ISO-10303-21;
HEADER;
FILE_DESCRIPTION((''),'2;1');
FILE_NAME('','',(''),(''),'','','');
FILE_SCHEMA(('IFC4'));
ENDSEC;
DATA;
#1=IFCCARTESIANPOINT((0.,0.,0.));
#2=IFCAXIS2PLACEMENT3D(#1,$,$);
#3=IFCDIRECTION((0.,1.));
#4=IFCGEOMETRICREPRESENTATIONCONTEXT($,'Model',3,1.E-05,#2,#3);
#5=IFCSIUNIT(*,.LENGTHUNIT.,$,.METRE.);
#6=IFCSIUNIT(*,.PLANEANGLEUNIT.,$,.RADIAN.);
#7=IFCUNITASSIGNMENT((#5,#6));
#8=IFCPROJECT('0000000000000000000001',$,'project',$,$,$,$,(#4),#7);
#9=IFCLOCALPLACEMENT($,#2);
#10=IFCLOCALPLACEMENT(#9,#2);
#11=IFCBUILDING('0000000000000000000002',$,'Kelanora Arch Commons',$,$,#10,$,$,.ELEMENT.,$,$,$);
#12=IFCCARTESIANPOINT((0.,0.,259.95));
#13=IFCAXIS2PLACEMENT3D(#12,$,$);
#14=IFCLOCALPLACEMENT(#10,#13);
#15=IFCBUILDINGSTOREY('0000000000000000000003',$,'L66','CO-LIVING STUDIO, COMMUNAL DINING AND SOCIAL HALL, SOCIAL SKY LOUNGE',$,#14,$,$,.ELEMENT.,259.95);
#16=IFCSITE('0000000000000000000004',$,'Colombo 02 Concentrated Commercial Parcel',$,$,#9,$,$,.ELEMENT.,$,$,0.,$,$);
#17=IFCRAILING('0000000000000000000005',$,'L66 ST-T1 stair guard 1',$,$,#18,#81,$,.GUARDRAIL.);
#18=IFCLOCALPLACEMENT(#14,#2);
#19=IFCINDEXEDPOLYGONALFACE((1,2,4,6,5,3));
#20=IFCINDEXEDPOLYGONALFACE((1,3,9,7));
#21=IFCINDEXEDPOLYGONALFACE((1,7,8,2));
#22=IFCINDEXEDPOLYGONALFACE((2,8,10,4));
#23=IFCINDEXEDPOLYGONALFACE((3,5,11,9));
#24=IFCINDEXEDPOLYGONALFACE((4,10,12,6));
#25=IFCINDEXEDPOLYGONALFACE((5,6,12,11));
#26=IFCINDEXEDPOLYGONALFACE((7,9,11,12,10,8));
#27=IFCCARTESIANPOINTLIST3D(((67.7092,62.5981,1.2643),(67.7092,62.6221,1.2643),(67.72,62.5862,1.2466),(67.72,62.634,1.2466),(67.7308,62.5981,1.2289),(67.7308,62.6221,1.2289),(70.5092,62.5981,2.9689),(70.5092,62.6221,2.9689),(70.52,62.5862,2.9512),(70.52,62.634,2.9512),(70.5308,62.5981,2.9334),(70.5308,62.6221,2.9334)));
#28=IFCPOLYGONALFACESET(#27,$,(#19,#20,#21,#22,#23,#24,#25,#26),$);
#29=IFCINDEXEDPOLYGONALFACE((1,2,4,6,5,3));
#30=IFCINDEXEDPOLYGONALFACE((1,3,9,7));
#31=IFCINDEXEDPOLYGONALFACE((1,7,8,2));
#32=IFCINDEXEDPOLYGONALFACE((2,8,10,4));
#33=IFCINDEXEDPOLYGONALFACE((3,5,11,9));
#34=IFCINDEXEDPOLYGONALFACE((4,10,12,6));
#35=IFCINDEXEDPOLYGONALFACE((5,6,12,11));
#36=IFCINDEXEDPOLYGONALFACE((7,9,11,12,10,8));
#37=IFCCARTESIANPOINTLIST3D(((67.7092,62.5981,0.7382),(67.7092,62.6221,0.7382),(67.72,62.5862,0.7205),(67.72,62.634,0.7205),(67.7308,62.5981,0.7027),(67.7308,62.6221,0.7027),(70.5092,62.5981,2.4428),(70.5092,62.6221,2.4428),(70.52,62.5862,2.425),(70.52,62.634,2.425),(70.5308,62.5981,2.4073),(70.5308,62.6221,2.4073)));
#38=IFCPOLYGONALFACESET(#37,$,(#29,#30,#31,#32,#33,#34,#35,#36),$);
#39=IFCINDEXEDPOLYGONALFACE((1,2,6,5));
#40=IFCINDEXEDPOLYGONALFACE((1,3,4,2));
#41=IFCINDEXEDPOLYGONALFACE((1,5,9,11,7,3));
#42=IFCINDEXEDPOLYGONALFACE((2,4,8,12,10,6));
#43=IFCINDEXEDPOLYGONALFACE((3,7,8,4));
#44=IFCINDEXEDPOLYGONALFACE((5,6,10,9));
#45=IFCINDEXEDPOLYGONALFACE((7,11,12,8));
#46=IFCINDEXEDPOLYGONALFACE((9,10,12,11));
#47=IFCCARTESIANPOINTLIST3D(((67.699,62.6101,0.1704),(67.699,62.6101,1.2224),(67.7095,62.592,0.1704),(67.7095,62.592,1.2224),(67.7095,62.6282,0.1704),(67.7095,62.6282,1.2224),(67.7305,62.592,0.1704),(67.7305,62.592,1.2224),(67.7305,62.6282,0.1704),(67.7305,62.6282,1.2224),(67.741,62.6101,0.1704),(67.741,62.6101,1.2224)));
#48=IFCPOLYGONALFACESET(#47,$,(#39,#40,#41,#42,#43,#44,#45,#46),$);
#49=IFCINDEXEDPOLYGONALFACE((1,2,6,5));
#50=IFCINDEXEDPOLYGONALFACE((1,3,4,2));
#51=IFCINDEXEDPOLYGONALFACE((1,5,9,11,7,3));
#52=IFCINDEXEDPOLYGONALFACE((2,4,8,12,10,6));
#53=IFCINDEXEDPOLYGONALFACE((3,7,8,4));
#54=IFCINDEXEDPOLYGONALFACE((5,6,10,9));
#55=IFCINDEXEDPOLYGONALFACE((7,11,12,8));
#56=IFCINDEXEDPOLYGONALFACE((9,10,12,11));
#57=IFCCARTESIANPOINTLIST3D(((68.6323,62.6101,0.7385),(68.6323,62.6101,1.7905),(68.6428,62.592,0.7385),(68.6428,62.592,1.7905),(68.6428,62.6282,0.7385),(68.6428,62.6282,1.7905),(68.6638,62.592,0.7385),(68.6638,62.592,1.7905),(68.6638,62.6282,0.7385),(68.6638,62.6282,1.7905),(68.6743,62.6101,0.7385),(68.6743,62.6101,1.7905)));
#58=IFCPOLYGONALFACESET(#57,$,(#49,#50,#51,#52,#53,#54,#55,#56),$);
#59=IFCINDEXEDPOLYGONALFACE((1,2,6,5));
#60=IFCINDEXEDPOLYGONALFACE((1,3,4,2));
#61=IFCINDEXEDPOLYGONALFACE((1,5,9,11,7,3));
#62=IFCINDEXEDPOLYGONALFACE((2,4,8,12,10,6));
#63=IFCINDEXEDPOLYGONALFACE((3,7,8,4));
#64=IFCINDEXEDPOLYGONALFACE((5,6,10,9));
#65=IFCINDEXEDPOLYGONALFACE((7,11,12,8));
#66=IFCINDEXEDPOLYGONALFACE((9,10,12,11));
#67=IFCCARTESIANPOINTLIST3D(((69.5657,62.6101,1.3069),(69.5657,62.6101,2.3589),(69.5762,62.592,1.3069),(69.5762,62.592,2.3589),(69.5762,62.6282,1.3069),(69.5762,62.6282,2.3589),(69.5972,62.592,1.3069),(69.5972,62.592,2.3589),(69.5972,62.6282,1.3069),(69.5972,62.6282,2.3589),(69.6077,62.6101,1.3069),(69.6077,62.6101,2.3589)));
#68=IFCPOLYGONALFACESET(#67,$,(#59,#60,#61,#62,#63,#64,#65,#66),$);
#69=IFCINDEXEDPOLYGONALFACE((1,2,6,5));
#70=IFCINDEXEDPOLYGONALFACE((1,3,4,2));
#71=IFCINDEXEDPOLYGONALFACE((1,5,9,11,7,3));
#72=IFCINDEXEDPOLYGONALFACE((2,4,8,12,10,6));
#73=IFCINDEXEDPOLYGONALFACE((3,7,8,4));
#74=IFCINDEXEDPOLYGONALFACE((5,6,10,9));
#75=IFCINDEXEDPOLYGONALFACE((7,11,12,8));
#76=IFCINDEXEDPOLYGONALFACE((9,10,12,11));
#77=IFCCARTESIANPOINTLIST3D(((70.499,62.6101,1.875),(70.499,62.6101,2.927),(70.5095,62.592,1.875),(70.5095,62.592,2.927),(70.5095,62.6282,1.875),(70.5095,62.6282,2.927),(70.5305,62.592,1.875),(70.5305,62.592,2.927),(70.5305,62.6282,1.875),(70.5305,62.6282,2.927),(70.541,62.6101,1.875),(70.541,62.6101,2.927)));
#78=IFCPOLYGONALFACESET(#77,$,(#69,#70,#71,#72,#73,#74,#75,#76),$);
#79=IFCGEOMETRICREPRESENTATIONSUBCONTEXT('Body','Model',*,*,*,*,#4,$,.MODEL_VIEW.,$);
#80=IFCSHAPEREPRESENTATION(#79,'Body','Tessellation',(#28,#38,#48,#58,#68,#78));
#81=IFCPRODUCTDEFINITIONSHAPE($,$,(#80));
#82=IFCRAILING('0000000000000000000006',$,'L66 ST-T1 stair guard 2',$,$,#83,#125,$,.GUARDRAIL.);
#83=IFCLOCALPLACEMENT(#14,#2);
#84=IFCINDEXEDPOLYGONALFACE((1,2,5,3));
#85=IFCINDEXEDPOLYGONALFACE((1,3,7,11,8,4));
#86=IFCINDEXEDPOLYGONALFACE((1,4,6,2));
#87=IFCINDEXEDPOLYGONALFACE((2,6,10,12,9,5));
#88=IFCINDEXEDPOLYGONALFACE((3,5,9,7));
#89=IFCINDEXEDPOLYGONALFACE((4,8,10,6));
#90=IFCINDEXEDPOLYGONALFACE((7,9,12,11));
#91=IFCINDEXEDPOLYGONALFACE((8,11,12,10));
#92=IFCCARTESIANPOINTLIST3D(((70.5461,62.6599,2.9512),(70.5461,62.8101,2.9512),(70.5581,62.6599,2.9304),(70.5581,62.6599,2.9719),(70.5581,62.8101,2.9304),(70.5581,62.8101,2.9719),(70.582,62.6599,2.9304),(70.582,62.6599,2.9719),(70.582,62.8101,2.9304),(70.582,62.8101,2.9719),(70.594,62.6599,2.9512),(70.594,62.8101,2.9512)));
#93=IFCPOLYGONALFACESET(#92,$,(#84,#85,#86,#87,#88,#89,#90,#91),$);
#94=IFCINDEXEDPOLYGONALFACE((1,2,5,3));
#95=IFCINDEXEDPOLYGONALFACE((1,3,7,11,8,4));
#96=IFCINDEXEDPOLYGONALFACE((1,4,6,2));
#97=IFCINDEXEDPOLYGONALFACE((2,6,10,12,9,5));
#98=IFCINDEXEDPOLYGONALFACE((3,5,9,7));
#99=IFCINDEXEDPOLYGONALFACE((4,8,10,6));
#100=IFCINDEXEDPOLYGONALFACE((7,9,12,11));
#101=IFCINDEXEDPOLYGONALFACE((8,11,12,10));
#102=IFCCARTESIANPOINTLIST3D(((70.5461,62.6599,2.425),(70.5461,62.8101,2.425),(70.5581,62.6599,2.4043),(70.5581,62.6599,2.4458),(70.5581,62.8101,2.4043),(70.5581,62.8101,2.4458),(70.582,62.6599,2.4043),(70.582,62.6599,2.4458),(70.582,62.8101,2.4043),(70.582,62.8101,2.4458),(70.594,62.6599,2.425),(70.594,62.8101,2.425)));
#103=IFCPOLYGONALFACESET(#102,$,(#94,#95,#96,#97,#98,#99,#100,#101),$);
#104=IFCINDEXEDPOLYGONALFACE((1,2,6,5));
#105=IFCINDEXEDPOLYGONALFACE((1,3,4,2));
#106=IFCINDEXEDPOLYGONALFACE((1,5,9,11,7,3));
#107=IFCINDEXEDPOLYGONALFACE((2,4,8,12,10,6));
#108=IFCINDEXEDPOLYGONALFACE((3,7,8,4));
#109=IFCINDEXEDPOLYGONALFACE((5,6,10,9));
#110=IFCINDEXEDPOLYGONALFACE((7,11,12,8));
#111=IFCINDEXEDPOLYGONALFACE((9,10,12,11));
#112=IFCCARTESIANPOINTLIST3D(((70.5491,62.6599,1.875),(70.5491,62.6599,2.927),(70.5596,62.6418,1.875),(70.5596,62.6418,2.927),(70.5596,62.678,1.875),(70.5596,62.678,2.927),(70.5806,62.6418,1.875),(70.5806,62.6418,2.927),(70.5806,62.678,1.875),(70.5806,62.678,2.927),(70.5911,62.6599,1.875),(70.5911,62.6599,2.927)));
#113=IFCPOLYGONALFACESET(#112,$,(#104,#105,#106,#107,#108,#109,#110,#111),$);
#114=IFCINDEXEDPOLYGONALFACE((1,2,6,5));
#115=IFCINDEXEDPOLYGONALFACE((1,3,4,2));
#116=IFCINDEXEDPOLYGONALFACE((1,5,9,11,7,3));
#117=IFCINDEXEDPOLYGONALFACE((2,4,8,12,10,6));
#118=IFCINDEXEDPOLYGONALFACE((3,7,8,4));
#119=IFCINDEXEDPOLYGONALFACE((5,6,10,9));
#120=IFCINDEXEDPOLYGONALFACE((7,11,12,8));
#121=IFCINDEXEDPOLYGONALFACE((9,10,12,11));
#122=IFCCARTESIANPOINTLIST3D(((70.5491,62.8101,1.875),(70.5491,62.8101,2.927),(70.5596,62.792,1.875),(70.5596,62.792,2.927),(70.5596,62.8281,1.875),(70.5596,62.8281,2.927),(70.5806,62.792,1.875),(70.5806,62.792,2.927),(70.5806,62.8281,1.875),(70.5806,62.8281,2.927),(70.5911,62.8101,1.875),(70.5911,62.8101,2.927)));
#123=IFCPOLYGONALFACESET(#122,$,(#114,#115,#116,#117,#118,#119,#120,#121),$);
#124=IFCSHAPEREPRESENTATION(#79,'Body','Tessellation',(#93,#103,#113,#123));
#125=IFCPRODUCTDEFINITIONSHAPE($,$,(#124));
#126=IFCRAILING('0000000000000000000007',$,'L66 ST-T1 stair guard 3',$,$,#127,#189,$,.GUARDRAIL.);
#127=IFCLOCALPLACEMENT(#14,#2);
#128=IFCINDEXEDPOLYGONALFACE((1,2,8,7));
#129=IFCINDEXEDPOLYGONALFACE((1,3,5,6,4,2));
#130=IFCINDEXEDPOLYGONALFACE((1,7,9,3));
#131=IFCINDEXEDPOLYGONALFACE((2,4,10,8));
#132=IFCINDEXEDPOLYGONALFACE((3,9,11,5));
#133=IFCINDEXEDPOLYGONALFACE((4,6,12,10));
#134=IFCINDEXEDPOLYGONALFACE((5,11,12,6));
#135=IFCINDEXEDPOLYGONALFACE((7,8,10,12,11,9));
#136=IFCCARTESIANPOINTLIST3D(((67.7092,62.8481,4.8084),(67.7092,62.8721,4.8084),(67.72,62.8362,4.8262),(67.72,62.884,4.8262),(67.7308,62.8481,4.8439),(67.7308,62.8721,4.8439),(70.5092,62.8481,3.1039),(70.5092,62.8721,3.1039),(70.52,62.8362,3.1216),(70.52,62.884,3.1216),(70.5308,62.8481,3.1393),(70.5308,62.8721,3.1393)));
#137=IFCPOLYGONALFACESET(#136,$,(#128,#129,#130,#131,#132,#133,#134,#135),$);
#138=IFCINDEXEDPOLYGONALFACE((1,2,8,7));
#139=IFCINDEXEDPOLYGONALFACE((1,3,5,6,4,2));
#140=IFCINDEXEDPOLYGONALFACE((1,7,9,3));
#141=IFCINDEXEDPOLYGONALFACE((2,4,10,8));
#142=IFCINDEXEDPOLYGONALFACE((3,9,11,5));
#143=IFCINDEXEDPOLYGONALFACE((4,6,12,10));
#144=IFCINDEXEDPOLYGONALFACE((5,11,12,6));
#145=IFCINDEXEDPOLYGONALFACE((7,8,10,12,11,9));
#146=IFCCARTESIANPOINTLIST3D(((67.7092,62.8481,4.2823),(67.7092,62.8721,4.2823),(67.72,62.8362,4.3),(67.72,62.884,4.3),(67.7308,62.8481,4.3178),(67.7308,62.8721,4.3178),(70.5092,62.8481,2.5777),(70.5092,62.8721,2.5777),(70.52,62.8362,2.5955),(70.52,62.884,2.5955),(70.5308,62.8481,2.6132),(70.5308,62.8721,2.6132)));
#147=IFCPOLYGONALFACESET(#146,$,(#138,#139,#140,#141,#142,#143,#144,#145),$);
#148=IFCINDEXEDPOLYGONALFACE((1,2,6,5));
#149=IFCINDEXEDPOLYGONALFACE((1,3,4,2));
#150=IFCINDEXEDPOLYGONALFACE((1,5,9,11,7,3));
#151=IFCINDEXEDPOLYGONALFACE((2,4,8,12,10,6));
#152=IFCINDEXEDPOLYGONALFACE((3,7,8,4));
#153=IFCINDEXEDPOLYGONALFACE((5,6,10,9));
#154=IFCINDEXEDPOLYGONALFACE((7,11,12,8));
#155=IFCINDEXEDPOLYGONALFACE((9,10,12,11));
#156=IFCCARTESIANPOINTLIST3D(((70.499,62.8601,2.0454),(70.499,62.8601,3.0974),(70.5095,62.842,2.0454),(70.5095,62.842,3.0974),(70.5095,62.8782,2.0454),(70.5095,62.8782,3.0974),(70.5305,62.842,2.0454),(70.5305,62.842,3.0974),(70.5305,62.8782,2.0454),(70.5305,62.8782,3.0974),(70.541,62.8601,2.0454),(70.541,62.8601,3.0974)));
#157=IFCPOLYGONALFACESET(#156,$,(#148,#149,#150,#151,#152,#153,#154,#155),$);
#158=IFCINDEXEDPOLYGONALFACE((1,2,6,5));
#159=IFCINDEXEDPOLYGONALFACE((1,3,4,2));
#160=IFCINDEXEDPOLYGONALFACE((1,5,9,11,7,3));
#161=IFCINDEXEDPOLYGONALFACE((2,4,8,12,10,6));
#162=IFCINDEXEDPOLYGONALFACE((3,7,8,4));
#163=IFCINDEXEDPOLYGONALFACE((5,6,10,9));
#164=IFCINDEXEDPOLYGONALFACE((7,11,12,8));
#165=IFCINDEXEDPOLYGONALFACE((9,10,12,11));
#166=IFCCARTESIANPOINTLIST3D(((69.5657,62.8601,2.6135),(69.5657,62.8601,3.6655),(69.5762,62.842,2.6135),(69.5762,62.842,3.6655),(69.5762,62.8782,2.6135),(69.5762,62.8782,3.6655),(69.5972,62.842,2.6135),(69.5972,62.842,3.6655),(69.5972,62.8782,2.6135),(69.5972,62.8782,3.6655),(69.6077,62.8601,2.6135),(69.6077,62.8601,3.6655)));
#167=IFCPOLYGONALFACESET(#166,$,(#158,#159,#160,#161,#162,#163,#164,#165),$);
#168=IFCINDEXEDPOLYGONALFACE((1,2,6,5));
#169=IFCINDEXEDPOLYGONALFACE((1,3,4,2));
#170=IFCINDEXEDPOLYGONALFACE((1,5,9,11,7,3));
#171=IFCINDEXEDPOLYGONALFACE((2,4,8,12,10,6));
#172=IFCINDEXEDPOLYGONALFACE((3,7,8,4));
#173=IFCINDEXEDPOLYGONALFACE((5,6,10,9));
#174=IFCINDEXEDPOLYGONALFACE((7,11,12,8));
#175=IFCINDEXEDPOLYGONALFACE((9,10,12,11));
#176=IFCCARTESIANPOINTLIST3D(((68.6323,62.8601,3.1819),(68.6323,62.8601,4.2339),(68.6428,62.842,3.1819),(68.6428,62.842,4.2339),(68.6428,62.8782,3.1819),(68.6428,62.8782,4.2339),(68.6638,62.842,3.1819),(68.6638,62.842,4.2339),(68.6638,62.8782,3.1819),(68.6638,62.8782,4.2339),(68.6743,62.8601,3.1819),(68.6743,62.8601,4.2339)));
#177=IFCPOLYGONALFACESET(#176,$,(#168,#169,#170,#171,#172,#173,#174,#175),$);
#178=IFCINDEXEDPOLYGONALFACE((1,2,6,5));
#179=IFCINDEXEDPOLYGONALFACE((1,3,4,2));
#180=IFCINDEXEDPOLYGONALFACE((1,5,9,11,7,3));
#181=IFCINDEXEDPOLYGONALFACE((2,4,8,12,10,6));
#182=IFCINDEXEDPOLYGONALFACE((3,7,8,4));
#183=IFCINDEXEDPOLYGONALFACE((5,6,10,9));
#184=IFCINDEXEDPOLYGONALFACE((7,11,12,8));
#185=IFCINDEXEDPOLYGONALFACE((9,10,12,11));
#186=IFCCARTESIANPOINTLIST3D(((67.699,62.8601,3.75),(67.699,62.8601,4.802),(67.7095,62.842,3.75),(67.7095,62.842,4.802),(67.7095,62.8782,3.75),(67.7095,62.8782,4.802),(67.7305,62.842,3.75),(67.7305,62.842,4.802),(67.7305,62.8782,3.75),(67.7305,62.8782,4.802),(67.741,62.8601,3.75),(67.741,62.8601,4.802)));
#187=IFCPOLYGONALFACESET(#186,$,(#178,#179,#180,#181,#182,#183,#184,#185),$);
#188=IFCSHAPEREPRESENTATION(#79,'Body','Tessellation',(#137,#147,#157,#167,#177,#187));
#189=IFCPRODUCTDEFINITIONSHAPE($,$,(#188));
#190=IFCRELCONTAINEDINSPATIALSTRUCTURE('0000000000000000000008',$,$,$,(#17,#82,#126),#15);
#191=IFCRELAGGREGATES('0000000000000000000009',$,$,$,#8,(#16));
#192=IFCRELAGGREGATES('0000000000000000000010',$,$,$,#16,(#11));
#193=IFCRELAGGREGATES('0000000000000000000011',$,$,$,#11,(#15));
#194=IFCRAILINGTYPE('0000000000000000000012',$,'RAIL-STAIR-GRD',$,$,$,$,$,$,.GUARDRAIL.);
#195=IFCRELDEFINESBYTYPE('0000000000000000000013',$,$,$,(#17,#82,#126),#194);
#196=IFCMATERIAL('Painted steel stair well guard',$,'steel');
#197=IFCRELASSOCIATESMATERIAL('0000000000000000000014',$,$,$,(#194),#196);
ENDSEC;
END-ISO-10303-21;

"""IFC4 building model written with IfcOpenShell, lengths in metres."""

from ifc_helpers import new_model, si_unit, direction, frame, origin, place, context, subcontext, project, spatial, polyline, outline, extrude, material, type_object, element, save


model = new_model("IFC4")

# Units and contexts
model_context = context("Model", 3, precision=1e-05, world=origin(), true_north=direction((0.0, 1.0)))
body_context = subcontext(model_context, "Body", "Model", "MODEL_VIEW")
ifc_project = project(units=[si_unit("LENGTHUNIT", "METRE"), si_unit("PLANEANGLEUNIT", "RADIAN")], contexts=[model_context])

# Site, building, storey
site_placement = place(None, origin())
site = spatial("IfcSite", under=ifc_project, at=site_placement, Name="Colombo 02 Concentrated Commercial Parcel", CompositionType="ELEMENT", RefElevation=0.0)
building_placement = place(site_placement, origin())
building = spatial("IfcBuilding", under=site, at=building_placement, Name="Kelanora Arch Commons", CompositionType="ELEMENT")
storey_placement = place(building_placement, frame((0.0, 0.0, 259.95)))
storey = spatial("IfcBuildingStorey", under=building, at=storey_placement, Name="L66", Description="CO-LIVING STUDIO, COMMUNAL DINING AND SOCIAL HALL, SOCIAL SKY LOUNGE", CompositionType="ELEMENT", Elevation=259.95)

# Railings
ifc_material_1 = material(Name="Painted steel stair well guard", Category="steel")
railing_type_1 = type_object("IfcRailingType", Name="RAIL-STAIR-GRD", PredefinedType="GUARDRAIL", material=ifc_material_1)
railing_1_placement = place(storey_placement, frame((67.72, 62.6101, 0.1704)))
element("IfcRailing", 1, at=railing_1_placement, inside=storey, type_object=railing_type_1, Name="L66 ST-T1 stair guard 1", PredefinedType="GUARDRAIL", context=body_context, shape_type="SweptSolid", body=[
    extrude(outline(polyline([(0.0239, 0.0), (0.012, 0.0208), (-0.012, 0.0208), (-0.0239, 0.0), (-0.012, -0.0208), (0.012, -0.0208), (0.0239, 0.0)])), frame((0.0, 0.0, 1.0762), z_axis=(0.85417, 0.0, 0.519994), x_axis=(0.0, 1.0, 0.0)), (0.0, 0.0, 1.0), 3.2781),
    extrude(outline(polyline([(0.0239, 0.0), (0.012, 0.0208), (-0.012, 0.0208), (-0.0239, 0.0), (-0.012, -0.0208), (0.012, -0.0208), (0.0239, 0.0)])), frame((0.0, 0.0, 0.55), z_axis=(0.85417, 0.0, 0.519994), x_axis=(0.0, 1.0, 0.0)), (0.0, 0.0, 1.0), 3.2781),
    extrude(outline(polyline([(0.021, 0.0), (0.0105, 0.0181), (-0.0105, 0.0181), (-0.021, 0.0), (-0.0105, -0.0181), (0.0105, -0.0181), (0.021, 0.0)])), origin(), (0.0, 0.0, 1.0), 1.052),
    extrude(outline(polyline([(0.021, 0.0), (0.0105, 0.0181), (-0.0105, 0.0181), (-0.021, 0.0), (-0.0105, -0.0181), (0.0105, -0.0181), (0.021, 0.0)])), frame((0.9333, 0.0, 0.5681)), (0.0, 0.0, 1.0), 1.052),
    extrude(outline(polyline([(0.021, 0.0), (0.0105, 0.0181), (-0.0105, 0.0181), (-0.021, 0.0), (-0.0105, -0.0181), (0.0105, -0.0181), (0.021, 0.0)])), frame((1.8667, 0.0, 1.1365)), (0.0, 0.0, 1.0), 1.052),
    extrude(outline(polyline([(0.021, 0.0), (0.0105, 0.0181), (-0.0105, 0.0181), (-0.021, 0.0), (-0.0105, -0.0181), (0.0105, -0.0181), (0.021, 0.0)])), frame((2.8, 0.0, 1.7046)), (0.0, 0.0, 1.0), 1.052),
])
railing_2_placement = place(storey_placement, frame((70.5701, 62.6599, 1.875)))
element("IfcRailing", 2, at=railing_2_placement, inside=storey, type_object=railing_type_1, Name="L66 ST-T1 stair guard 2", PredefinedType="GUARDRAIL", context=body_context, shape_type="SweptSolid", body=[
    extrude(outline(polyline([(0.0239, 0.0), (0.012, 0.0208), (-0.012, 0.0208), (-0.0239, 0.0), (-0.012, -0.0208), (0.012, -0.0208), (0.0239, 0.0)])), frame((0.0, 0.0, 1.0762), z_axis=(0.0, 1.0, 0.0), x_axis=(-1.0, 0.0, 0.0)), (0.0, 0.0, 1.0), 0.1501),
    extrude(outline(polyline([(0.0239, 0.0), (0.012, 0.0208), (-0.012, 0.0208), (-0.0239, 0.0), (-0.012, -0.0208), (0.012, -0.0208), (0.0239, 0.0)])), frame((0.0, 0.0, 0.55), z_axis=(0.0, 1.0, 0.0), x_axis=(-1.0, 0.0, 0.0)), (0.0, 0.0, 1.0), 0.1501),
    extrude(outline(polyline([(0.021, 0.0), (0.0105, 0.0181), (-0.0105, 0.0181), (-0.021, 0.0), (-0.0105, -0.0181), (0.0105, -0.0181), (0.021, 0.0)])), origin(), (0.0, 0.0, 1.0), 1.052),
    extrude(outline(polyline([(0.021, 0.0), (0.0105, 0.0181), (-0.0105, 0.0181), (-0.021, 0.0), (-0.0105, -0.0181), (0.0105, -0.0181), (0.021, 0.0)])), frame((0.0, 0.1501, 0.0)), (0.0, 0.0, 1.0), 1.052),
])
railing_3_placement = place(storey_placement, frame((70.52, 62.8601, 2.0454)))
element("IfcRailing", 3, at=railing_3_placement, inside=storey, type_object=railing_type_1, Name="L66 ST-T1 stair guard 3", PredefinedType="GUARDRAIL", context=body_context, shape_type="SweptSolid", body=[
    extrude(outline(polyline([(0.0239, 0.0), (0.012, 0.0208), (-0.012, 0.0208), (-0.0239, 0.0), (-0.012, -0.0208), (0.012, -0.0208), (0.0239, 0.0)])), frame((0.0, 0.0, 1.0762), z_axis=(-0.85417, 0.0, 0.519994), x_axis=(0.0, -1.0, 0.0)), (0.0, 0.0, 1.0), 3.2781),
    extrude(outline(polyline([(0.0239, 0.0), (0.012, 0.0208), (-0.012, 0.0208), (-0.0239, 0.0), (-0.012, -0.0208), (0.012, -0.0208), (0.0239, 0.0)])), frame((0.0, 0.0, 0.55), z_axis=(-0.85417, 0.0, 0.519994), x_axis=(0.0, -1.0, 0.0)), (0.0, 0.0, 1.0), 3.2781),
    extrude(outline(polyline([(0.021, 0.0), (0.0105, 0.0181), (-0.0105, 0.0181), (-0.021, 0.0), (-0.0105, -0.0181), (0.0105, -0.0181), (0.021, 0.0)])), origin(), (0.0, 0.0, 1.0), 1.052),
    extrude(outline(polyline([(0.021, 0.0), (0.0105, 0.0181), (-0.0105, 0.0181), (-0.021, 0.0), (-0.0105, -0.0181), (0.0105, -0.0181), (0.021, 0.0)])), frame((-0.9333, 0.0, 0.5681)), (0.0, 0.0, 1.0), 1.052),
    extrude(outline(polyline([(0.021, 0.0), (0.0105, 0.0181), (-0.0105, 0.0181), (-0.021, 0.0), (-0.0105, -0.0181), (0.0105, -0.0181), (0.021, 0.0)])), frame((-1.8667, 0.0, 1.1365)), (0.0, 0.0, 1.0), 1.052),
    extrude(outline(polyline([(0.021, 0.0), (0.0105, 0.0181), (-0.0105, 0.0181), (-0.021, 0.0), (-0.0105, -0.0181), (0.0105, -0.0181), (0.021, 0.0)])), frame((-2.8, 0.0, 1.7046)), (0.0, 0.0, 1.0), 1.052),
])

save(model, "model.ifc")
